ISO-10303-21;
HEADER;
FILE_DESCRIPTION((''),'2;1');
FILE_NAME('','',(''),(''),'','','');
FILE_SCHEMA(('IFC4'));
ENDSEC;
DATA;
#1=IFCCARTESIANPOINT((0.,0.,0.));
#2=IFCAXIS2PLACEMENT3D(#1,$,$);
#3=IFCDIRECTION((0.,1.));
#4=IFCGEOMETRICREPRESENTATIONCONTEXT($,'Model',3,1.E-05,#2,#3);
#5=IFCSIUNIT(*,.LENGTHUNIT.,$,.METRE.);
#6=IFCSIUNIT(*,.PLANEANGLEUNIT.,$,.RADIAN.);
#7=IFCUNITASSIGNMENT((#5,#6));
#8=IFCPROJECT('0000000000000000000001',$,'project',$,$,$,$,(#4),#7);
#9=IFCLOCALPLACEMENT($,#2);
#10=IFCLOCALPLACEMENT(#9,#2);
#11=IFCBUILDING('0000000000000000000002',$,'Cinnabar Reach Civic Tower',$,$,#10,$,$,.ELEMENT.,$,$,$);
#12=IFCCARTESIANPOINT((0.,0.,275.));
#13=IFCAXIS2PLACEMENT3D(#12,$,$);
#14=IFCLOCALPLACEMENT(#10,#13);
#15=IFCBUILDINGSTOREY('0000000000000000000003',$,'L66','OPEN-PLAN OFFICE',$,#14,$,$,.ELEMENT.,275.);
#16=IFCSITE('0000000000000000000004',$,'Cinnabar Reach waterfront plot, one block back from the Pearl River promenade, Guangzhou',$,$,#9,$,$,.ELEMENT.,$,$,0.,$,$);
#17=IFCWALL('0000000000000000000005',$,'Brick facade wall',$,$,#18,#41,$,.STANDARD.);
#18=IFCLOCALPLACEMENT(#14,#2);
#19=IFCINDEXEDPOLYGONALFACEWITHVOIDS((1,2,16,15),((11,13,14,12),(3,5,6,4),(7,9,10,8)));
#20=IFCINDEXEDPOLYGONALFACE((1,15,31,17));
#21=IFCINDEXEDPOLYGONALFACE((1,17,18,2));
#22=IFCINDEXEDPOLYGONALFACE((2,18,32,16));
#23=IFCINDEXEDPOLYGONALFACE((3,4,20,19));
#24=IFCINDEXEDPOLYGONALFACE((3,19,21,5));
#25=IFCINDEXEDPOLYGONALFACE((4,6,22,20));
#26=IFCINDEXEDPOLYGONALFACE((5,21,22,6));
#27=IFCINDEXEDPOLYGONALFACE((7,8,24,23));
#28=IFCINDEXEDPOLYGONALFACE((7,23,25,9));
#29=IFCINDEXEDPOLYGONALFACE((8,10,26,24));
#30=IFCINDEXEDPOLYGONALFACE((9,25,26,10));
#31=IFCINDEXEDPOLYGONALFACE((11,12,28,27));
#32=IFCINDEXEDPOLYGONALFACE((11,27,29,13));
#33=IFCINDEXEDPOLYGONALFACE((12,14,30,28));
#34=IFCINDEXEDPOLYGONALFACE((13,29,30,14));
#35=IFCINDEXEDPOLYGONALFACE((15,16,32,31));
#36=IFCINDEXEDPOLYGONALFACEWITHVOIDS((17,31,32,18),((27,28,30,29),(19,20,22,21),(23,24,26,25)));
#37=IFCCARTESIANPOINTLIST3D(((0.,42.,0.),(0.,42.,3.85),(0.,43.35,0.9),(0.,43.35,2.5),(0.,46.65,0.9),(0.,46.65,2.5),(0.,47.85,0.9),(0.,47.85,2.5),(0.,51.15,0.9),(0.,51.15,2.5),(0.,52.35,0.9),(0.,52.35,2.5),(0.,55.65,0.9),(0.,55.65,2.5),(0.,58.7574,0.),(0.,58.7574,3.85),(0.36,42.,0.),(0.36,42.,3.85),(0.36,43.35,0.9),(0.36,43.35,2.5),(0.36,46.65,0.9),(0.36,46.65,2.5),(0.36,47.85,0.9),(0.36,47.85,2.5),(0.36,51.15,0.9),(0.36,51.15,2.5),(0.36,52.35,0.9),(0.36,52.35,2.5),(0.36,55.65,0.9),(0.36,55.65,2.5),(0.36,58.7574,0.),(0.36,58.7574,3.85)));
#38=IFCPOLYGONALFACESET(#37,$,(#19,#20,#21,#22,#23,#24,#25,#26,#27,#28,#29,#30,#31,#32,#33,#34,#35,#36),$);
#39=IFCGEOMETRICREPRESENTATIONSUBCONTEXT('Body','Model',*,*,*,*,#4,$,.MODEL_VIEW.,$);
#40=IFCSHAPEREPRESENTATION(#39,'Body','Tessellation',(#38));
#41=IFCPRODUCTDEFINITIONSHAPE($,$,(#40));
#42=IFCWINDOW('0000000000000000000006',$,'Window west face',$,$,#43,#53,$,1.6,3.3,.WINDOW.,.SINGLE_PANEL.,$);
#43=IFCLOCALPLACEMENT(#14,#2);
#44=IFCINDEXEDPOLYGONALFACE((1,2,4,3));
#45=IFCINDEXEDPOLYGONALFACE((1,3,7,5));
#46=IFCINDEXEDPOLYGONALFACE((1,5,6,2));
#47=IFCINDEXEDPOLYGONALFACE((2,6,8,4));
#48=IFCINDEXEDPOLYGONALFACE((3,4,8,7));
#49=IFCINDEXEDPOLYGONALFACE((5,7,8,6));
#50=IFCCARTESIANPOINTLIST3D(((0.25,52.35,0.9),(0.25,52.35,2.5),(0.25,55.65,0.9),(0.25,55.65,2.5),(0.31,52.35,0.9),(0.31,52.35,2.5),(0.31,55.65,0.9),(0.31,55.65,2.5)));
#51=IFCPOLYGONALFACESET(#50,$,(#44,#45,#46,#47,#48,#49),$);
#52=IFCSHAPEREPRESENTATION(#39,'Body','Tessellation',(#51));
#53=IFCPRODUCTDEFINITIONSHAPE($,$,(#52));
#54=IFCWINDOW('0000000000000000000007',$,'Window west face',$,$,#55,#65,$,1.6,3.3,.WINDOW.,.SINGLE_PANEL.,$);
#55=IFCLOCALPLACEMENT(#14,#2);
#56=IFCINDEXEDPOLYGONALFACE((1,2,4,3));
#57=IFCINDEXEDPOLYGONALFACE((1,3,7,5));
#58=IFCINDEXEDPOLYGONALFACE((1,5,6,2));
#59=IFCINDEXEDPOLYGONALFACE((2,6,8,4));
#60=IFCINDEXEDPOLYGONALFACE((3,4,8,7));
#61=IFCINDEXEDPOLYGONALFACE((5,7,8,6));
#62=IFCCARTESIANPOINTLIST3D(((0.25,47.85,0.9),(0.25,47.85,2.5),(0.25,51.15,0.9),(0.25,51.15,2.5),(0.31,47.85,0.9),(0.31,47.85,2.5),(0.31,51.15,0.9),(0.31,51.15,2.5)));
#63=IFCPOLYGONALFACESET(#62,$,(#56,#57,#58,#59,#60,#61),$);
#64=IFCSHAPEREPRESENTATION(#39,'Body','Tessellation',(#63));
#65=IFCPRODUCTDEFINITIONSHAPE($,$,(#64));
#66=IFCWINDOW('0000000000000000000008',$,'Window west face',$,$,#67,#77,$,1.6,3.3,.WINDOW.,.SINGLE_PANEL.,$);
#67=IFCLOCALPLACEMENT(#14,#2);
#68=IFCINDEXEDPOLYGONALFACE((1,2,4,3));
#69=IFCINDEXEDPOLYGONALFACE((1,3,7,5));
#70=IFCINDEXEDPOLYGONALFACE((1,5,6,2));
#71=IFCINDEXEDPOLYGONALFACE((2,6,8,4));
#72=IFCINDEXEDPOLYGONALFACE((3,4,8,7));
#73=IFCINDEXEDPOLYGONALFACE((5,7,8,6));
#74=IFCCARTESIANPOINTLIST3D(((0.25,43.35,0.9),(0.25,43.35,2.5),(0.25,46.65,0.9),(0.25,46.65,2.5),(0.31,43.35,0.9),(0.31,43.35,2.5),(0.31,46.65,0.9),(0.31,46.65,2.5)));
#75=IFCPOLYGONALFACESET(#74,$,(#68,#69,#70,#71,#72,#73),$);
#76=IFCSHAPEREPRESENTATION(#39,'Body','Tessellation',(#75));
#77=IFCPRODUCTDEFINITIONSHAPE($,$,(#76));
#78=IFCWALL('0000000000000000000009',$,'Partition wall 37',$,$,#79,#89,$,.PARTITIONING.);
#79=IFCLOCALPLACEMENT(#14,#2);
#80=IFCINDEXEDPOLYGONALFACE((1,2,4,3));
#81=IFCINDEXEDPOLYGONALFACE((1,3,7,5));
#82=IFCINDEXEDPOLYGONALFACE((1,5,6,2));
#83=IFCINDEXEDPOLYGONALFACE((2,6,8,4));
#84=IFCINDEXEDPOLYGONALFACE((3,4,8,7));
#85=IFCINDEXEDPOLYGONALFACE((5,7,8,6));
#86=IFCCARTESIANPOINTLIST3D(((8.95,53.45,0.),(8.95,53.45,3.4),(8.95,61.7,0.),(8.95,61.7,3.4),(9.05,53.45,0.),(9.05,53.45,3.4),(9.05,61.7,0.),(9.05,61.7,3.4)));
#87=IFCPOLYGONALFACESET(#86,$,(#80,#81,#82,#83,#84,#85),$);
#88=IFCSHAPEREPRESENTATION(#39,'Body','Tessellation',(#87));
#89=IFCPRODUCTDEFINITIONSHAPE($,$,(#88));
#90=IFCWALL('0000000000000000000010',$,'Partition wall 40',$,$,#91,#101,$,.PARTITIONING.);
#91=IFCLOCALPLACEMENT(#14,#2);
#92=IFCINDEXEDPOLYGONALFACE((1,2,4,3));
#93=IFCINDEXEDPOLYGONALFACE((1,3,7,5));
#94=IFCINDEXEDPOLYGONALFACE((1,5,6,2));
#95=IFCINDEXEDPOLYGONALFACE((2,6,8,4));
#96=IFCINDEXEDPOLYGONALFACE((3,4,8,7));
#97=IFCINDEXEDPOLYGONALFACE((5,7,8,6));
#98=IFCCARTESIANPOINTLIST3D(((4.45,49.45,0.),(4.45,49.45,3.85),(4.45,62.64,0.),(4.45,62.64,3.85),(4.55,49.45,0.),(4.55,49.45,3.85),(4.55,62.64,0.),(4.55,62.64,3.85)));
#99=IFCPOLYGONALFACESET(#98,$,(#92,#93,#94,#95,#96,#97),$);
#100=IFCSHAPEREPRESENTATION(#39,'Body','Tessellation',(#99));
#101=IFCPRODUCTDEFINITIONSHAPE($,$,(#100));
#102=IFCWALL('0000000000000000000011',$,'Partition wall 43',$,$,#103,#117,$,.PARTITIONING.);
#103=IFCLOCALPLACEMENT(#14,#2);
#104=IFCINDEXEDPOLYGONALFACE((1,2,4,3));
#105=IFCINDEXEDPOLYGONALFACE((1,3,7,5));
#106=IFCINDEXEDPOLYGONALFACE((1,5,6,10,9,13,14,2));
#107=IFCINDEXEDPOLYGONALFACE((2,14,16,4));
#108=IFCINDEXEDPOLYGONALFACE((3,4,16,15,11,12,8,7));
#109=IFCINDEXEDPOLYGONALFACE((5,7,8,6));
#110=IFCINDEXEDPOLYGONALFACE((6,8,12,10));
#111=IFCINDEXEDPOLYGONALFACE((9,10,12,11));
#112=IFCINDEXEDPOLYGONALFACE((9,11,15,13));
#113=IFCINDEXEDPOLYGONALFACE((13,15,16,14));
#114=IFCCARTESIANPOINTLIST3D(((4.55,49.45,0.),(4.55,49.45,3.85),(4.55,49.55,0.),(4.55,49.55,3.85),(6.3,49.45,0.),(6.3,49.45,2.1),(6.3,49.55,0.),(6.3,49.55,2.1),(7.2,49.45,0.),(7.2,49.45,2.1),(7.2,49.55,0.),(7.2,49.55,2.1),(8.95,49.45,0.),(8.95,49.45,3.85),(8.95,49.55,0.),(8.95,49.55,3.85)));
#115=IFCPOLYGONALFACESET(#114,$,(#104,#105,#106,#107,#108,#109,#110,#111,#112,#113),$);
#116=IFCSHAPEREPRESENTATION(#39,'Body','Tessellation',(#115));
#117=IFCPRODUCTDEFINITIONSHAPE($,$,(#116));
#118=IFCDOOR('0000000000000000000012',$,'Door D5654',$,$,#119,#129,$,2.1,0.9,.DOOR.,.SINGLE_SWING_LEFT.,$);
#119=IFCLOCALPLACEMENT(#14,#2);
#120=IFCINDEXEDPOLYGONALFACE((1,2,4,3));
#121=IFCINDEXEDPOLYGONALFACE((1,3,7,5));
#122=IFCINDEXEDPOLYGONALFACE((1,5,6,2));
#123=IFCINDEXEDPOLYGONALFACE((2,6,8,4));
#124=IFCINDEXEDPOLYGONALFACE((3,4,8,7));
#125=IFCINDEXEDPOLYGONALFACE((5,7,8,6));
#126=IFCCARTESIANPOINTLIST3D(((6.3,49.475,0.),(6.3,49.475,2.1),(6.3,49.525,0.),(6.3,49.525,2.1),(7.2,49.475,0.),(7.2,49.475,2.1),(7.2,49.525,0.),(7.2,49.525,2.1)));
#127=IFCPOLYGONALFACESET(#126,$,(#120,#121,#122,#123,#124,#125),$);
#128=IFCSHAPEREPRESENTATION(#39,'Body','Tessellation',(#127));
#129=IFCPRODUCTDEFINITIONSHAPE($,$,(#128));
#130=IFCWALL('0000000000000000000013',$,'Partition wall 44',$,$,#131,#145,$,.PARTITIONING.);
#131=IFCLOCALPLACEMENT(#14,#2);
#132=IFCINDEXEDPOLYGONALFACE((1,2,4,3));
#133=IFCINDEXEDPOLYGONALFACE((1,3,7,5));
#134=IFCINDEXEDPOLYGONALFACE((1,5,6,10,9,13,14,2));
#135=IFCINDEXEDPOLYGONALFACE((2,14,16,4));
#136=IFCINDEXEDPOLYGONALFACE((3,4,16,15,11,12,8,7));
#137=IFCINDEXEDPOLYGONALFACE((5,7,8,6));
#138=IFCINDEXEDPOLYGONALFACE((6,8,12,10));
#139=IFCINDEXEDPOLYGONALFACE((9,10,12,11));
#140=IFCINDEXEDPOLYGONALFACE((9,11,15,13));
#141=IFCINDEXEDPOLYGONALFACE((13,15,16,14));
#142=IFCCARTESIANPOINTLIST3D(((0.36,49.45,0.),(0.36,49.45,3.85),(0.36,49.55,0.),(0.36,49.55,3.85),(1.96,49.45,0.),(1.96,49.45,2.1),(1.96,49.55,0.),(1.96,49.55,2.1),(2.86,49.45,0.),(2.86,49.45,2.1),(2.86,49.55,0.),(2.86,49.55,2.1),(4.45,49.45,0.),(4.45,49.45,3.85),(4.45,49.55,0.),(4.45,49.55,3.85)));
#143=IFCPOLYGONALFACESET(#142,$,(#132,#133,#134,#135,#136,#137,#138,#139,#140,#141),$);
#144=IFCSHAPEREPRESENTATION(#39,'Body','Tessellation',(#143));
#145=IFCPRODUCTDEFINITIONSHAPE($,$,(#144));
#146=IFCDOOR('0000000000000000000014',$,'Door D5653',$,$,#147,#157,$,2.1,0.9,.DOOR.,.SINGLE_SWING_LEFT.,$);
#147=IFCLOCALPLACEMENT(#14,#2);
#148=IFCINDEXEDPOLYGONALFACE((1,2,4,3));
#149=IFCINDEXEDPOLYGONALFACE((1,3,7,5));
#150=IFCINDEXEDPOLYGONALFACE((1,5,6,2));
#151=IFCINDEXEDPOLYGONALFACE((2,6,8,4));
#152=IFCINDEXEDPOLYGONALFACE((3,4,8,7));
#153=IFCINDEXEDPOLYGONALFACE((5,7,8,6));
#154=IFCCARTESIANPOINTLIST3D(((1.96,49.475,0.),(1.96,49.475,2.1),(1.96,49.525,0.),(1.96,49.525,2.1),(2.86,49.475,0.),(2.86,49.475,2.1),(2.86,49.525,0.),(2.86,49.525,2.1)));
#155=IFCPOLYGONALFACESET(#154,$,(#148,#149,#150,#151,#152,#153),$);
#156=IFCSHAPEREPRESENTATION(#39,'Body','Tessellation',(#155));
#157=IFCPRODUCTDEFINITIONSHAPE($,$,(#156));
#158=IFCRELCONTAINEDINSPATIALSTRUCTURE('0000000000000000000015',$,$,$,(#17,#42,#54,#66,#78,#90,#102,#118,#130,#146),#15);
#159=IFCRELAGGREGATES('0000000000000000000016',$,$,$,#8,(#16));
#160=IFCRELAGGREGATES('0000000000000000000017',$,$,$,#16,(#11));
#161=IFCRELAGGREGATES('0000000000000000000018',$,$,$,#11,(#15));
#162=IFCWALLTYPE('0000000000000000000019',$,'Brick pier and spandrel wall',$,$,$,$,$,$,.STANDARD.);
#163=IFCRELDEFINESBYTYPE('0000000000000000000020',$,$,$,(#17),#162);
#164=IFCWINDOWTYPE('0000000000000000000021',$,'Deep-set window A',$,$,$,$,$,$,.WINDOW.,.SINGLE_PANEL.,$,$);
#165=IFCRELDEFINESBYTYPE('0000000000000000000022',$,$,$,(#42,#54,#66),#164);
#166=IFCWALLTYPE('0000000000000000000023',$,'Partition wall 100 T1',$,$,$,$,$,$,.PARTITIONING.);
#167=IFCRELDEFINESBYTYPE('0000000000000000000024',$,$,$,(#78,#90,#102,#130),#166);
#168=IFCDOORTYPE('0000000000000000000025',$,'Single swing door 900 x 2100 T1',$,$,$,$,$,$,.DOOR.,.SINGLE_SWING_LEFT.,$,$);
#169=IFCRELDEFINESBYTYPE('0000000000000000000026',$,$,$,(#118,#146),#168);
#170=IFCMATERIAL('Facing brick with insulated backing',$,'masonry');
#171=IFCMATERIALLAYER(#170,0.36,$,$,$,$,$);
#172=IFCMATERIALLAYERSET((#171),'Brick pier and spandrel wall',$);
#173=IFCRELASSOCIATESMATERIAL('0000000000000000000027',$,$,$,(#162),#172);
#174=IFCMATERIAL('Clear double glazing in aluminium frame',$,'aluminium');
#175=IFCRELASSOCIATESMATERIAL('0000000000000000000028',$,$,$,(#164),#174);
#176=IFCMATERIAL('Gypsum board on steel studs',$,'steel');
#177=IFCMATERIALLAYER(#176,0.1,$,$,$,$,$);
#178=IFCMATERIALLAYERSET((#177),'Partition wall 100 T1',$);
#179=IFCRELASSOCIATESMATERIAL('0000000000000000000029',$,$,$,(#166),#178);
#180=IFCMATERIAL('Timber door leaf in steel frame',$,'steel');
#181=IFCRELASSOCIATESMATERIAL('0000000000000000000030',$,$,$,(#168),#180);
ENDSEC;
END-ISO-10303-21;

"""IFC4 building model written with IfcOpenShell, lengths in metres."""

from ifc_helpers import new_model, si_unit, direction, frame, frame_2d, origin, place, context, subcontext, project, spatial, rectangle, extrude, material, layer, layer_set, type_object, element, fill, save


model = new_model("IFC4")

# Units and contexts
model_context = context("Model", 3, precision=1e-05, world=origin(), true_north=direction((0.0, 1.0)))
body_context = subcontext(model_context, "Body", "Model", "MODEL_VIEW")
ifc_project = project(units=[si_unit("LENGTHUNIT", "METRE"), si_unit("PLANEANGLEUNIT", "RADIAN")], contexts=[model_context])

# Site, building, storey
site_placement = place(None, origin())
site = spatial("IfcSite", under=ifc_project, at=site_placement, Name="Cinnabar Reach waterfront plot, one block back from the Pearl River promenade, Guangzhou", CompositionType="ELEMENT", RefElevation=0.0)
building_placement = place(site_placement, origin())
building = spatial("IfcBuilding", under=site, at=building_placement, Name="Cinnabar Reach Civic Tower", CompositionType="ELEMENT")
storey_placement = place(building_placement, frame((0.0, 0.0, 275.0)))
storey = spatial("IfcBuildingStorey", under=building, at=storey_placement, Name="L66", Description="OPEN-PLAN OFFICE", CompositionType="ELEMENT", Elevation=275.0)

# Shared definitions
ifc_material_1 = material(Name="Facing brick with insulated backing", Category="masonry")
ifc_layer_1 = layer(ifc_material_1, 0.36)
ifc_layer_set_1 = layer_set([ifc_layer_1], Name="Brick pier and spandrel wall")
wall_type_1 = type_object("IfcWallType", Name="Brick pier and spandrel wall", PredefinedType="STANDARD", material=ifc_layer_set_1)

# Wall, openings, windows
wall_1_placement = place(storey_placement, frame((0.18, 58.7574, 0.0), z_axis=(0.0, 0.0, 1.0), x_axis=(0.0, -1.0, 0.0)))
wall_1 = element("IfcWall", 1, at=wall_1_placement, inside=storey, type_object=wall_type_1, Name="Brick facade wall", PredefinedType="STANDARD", context=body_context, shape_type="SweptSolid", body=[
    extrude(rectangle(XDim=16.7574, YDim=0.36, at=frame_2d((8.3787, 0.0))), origin(), (0.0, 0.0, 1.0), 3.85),
])
opening_1_placement = place(wall_1_placement, frame((3.1074, 0.0, 0.9)))
opening_1 = element("IfcOpeningElement", 2, at=opening_1_placement, cuts=wall_1, PredefinedType="OPENING", context=body_context, shape_type="SweptSolid", body=[
    extrude(rectangle(XDim=3.3, YDim=1.6, at=frame_2d((1.65, 0.8))), frame((0.0, 0.19, 0.0), z_axis=(0.0, -1.0, 0.0), x_axis=(1.0, 0.0, 0.0)), (0.0, 0.0, 1.0), 0.38),
])
opening_2_placement = place(wall_1_placement, frame((7.6074, 0.0, 0.9)))
opening_2 = element("IfcOpeningElement", 3, at=opening_2_placement, cuts=wall_1, PredefinedType="OPENING", context=body_context, shape_type="SweptSolid", body=[
    extrude(rectangle(XDim=3.3, YDim=1.6, at=frame_2d((1.65, 0.8))), frame((0.0, 0.19, 0.0), z_axis=(0.0, -1.0, 0.0), x_axis=(1.0, 0.0, 0.0)), (0.0, 0.0, 1.0), 0.38),
])
opening_3_placement = place(wall_1_placement, frame((12.1074, 0.0, 0.9)))
opening_3 = element("IfcOpeningElement", 4, at=opening_3_placement, cuts=wall_1, PredefinedType="OPENING", context=body_context, shape_type="SweptSolid", body=[
    extrude(rectangle(XDim=3.3, YDim=1.6, at=frame_2d((1.65, 0.8))), frame((0.0, 0.19, 0.0), z_axis=(0.0, -1.0, 0.0), x_axis=(1.0, 0.0, 0.0)), (0.0, 0.0, 1.0), 0.38),
])
ifc_material_2 = material(Name="Clear double glazing in aluminium frame", Category="aluminium")
window_type = type_object("IfcWindowType", Name="Deep-set window A", PartitioningType="SINGLE_PANEL", PredefinedType="WINDOW", material=ifc_material_2)
window_1_placement = place(opening_1_placement, origin())
window_1 = element("IfcWindow", 5, at=window_1_placement, inside=storey, type_object=window_type, Name="Window west face", OverallHeight=1.6, OverallWidth=3.3, PartitioningType="SINGLE_PANEL", PredefinedType="WINDOW", context=body_context, shape_type="SweptSolid", body=[
    extrude(rectangle(XDim=3.3, YDim=1.6, at=frame_2d((1.65, 0.8))), frame((0.0, 0.13, 0.0), z_axis=(0.0, -1.0, 0.0), x_axis=(1.0, 0.0, 0.0)), (0.0, 0.0, 1.0), 0.06),
])
fill(opening_1, window_1)
window_2_placement = place(opening_2_placement, origin())
window_2 = element("IfcWindow", 6, at=window_2_placement, inside=storey, type_object=window_type, Name="Window west face", OverallHeight=1.6, OverallWidth=3.3, PartitioningType="SINGLE_PANEL", PredefinedType="WINDOW", context=body_context, shape_type="SweptSolid", body=[
    extrude(rectangle(XDim=3.3, YDim=1.6, at=frame_2d((1.65, 0.8))), frame((0.0, 0.13, 0.0), z_axis=(0.0, -1.0, 0.0), x_axis=(1.0, 0.0, 0.0)), (0.0, 0.0, 1.0), 0.06),
])
fill(opening_2, window_2)
window_3_placement = place(opening_3_placement, origin())
window_3 = element("IfcWindow", 7, at=window_3_placement, inside=storey, type_object=window_type, Name="Window west face", OverallHeight=1.6, OverallWidth=3.3, PartitioningType="SINGLE_PANEL", PredefinedType="WINDOW", context=body_context, shape_type="SweptSolid", body=[
    extrude(rectangle(XDim=3.3, YDim=1.6, at=frame_2d((1.65, 0.8))), frame((0.0, 0.13, 0.0), z_axis=(0.0, -1.0, 0.0), x_axis=(1.0, 0.0, 0.0)), (0.0, 0.0, 1.0), 0.06),
])
fill(opening_3, window_3)

# Walls
ifc_material_3 = material(Name="Gypsum board on steel studs", Category="steel")
ifc_layer_2 = layer(ifc_material_3, 0.1)
ifc_layer_set_2 = layer_set([ifc_layer_2], Name="Partition wall 100 T1")
wall_type_2 = type_object("IfcWallType", Name="Partition wall 100 T1", PredefinedType="PARTITIONING", material=ifc_layer_set_2)
wall_2_placement = place(storey_placement, frame((9.0, 53.45, 0.0), z_axis=(0.0, 0.0, 1.0), x_axis=(0.0, 1.0, 0.0)))
element("IfcWall", 8, at=wall_2_placement, inside=storey, type_object=wall_type_2, Name="Partition wall 37", PredefinedType="PARTITIONING", context=body_context, shape_type="SweptSolid", body=[
    extrude(rectangle(XDim=8.25, YDim=0.1, at=frame_2d((4.125, 0.0))), origin(), (0.0, 0.0, 1.0), 3.4),
])
wall_3_placement = place(storey_placement, frame((4.5, 49.45, 0.0), z_axis=(0.0, 0.0, 1.0), x_axis=(0.0, 1.0, 0.0)))
element("IfcWall", 9, at=wall_3_placement, inside=storey, type_object=wall_type_2, Name="Partition wall 40", PredefinedType="PARTITIONING", context=body_context, shape_type="SweptSolid", body=[
    extrude(rectangle(XDim=13.19, YDim=0.1, at=frame_2d((6.595, 0.0))), origin(), (0.0, 0.0, 1.0), 3.85),
])

# Walls, openings, doors
wall_4_placement = place(storey_placement, frame((4.55, 49.5, 0.0), z_axis=(0.0, 0.0, 1.0), x_axis=(1.0, 0.0, 0.0)))
wall_4 = element("IfcWall", 10, at=wall_4_placement, inside=storey, type_object=wall_type_2, Name="Partition wall 43", PredefinedType="PARTITIONING", context=body_context, shape_type="SweptSolid", body=[
    extrude(rectangle(XDim=4.4, YDim=0.1, at=frame_2d((2.2, 0.0))), origin(), (0.0, 0.0, 1.0), 3.85),
])
opening_4_placement = place(wall_4_placement, frame((1.75, 0.0, 0.0)))
opening_4 = element("IfcOpeningElement", 11, at=opening_4_placement, cuts=wall_4, PredefinedType="OPENING", context=body_context, shape_type="SweptSolid", body=[
    extrude(rectangle(XDim=0.9, YDim=2.1, at=frame_2d((0.45, 1.05))), frame((0.0, 0.06, 0.0), z_axis=(0.0, -1.0, 0.0), x_axis=(1.0, 0.0, 0.0)), (0.0, 0.0, 1.0), 0.12),
])
ifc_material_4 = material(Name="Timber door leaf in steel frame", Category="steel")
door_type = type_object("IfcDoorType", Name="Single swing door 900 x 2100 T1", OperationType="SINGLE_SWING_LEFT", PredefinedType="DOOR", material=ifc_material_4)
door_1_placement = place(opening_4_placement, frame((0.9, 0.0, 0.0), z_axis=(0.0, 0.0, 1.0), x_axis=(-1.0, 0.0, 0.0)))
door_1 = element("IfcDoor", 12, at=door_1_placement, inside=storey, type_object=door_type, Name="Door D5654", OperationType="SINGLE_SWING_LEFT", OverallHeight=2.1, OverallWidth=0.9, PredefinedType="DOOR", context=body_context, shape_type="SweptSolid", body=[
    extrude(rectangle(XDim=0.9, YDim=2.1, at=frame_2d((0.45, 1.05))), frame((0.0, 0.025, 0.0), z_axis=(0.0, -1.0, 0.0), x_axis=(1.0, 0.0, 0.0)), (0.0, 0.0, 1.0), 0.05),
])
fill(opening_4, door_1)
wall_5_placement = place(storey_placement, frame((0.36, 49.5, 0.0), z_axis=(0.0, 0.0, 1.0), x_axis=(1.0, 0.0, 0.0)))
wall_5 = element("IfcWall", 13, at=wall_5_placement, inside=storey, type_object=wall_type_2, Name="Partition wall 44", PredefinedType="PARTITIONING", context=body_context, shape_type="SweptSolid", body=[
    extrude(rectangle(XDim=4.09, YDim=0.1, at=frame_2d((2.045, 0.0))), origin(), (0.0, 0.0, 1.0), 3.85),
])
opening_5_placement = place(wall_5_placement, frame((1.6, 0.0, 0.0)))
opening_5 = element("IfcOpeningElement", 14, at=opening_5_placement, cuts=wall_5, PredefinedType="OPENING", context=body_context, shape_type="SweptSolid", body=[
    extrude(rectangle(XDim=0.9, YDim=2.1, at=frame_2d((0.45, 1.05))), frame((0.0, 0.06, 0.0), z_axis=(0.0, -1.0, 0.0), x_axis=(1.0, 0.0, 0.0)), (0.0, 0.0, 1.0), 0.12),
])
door_2_placement = place(opening_5_placement, frame((0.9, 0.0, 0.0), z_axis=(0.0, 0.0, 1.0), x_axis=(-1.0, 0.0, 0.0)))
door_2 = element("IfcDoor", 15, at=door_2_placement, inside=storey, type_object=door_type, Name="Door D5653", OperationType="SINGLE_SWING_LEFT", OverallHeight=2.1, OverallWidth=0.9, PredefinedType="DOOR", context=body_context, shape_type="SweptSolid", body=[
    extrude(rectangle(XDim=0.9, YDim=2.1, at=frame_2d((0.45, 1.05))), frame((0.0, 0.025, 0.0), z_axis=(0.0, -1.0, 0.0), x_axis=(1.0, 0.0, 0.0)), (0.0, 0.0, 1.0), 0.05),
])
fill(opening_5, door_2)

save(model, "model.ifc")
